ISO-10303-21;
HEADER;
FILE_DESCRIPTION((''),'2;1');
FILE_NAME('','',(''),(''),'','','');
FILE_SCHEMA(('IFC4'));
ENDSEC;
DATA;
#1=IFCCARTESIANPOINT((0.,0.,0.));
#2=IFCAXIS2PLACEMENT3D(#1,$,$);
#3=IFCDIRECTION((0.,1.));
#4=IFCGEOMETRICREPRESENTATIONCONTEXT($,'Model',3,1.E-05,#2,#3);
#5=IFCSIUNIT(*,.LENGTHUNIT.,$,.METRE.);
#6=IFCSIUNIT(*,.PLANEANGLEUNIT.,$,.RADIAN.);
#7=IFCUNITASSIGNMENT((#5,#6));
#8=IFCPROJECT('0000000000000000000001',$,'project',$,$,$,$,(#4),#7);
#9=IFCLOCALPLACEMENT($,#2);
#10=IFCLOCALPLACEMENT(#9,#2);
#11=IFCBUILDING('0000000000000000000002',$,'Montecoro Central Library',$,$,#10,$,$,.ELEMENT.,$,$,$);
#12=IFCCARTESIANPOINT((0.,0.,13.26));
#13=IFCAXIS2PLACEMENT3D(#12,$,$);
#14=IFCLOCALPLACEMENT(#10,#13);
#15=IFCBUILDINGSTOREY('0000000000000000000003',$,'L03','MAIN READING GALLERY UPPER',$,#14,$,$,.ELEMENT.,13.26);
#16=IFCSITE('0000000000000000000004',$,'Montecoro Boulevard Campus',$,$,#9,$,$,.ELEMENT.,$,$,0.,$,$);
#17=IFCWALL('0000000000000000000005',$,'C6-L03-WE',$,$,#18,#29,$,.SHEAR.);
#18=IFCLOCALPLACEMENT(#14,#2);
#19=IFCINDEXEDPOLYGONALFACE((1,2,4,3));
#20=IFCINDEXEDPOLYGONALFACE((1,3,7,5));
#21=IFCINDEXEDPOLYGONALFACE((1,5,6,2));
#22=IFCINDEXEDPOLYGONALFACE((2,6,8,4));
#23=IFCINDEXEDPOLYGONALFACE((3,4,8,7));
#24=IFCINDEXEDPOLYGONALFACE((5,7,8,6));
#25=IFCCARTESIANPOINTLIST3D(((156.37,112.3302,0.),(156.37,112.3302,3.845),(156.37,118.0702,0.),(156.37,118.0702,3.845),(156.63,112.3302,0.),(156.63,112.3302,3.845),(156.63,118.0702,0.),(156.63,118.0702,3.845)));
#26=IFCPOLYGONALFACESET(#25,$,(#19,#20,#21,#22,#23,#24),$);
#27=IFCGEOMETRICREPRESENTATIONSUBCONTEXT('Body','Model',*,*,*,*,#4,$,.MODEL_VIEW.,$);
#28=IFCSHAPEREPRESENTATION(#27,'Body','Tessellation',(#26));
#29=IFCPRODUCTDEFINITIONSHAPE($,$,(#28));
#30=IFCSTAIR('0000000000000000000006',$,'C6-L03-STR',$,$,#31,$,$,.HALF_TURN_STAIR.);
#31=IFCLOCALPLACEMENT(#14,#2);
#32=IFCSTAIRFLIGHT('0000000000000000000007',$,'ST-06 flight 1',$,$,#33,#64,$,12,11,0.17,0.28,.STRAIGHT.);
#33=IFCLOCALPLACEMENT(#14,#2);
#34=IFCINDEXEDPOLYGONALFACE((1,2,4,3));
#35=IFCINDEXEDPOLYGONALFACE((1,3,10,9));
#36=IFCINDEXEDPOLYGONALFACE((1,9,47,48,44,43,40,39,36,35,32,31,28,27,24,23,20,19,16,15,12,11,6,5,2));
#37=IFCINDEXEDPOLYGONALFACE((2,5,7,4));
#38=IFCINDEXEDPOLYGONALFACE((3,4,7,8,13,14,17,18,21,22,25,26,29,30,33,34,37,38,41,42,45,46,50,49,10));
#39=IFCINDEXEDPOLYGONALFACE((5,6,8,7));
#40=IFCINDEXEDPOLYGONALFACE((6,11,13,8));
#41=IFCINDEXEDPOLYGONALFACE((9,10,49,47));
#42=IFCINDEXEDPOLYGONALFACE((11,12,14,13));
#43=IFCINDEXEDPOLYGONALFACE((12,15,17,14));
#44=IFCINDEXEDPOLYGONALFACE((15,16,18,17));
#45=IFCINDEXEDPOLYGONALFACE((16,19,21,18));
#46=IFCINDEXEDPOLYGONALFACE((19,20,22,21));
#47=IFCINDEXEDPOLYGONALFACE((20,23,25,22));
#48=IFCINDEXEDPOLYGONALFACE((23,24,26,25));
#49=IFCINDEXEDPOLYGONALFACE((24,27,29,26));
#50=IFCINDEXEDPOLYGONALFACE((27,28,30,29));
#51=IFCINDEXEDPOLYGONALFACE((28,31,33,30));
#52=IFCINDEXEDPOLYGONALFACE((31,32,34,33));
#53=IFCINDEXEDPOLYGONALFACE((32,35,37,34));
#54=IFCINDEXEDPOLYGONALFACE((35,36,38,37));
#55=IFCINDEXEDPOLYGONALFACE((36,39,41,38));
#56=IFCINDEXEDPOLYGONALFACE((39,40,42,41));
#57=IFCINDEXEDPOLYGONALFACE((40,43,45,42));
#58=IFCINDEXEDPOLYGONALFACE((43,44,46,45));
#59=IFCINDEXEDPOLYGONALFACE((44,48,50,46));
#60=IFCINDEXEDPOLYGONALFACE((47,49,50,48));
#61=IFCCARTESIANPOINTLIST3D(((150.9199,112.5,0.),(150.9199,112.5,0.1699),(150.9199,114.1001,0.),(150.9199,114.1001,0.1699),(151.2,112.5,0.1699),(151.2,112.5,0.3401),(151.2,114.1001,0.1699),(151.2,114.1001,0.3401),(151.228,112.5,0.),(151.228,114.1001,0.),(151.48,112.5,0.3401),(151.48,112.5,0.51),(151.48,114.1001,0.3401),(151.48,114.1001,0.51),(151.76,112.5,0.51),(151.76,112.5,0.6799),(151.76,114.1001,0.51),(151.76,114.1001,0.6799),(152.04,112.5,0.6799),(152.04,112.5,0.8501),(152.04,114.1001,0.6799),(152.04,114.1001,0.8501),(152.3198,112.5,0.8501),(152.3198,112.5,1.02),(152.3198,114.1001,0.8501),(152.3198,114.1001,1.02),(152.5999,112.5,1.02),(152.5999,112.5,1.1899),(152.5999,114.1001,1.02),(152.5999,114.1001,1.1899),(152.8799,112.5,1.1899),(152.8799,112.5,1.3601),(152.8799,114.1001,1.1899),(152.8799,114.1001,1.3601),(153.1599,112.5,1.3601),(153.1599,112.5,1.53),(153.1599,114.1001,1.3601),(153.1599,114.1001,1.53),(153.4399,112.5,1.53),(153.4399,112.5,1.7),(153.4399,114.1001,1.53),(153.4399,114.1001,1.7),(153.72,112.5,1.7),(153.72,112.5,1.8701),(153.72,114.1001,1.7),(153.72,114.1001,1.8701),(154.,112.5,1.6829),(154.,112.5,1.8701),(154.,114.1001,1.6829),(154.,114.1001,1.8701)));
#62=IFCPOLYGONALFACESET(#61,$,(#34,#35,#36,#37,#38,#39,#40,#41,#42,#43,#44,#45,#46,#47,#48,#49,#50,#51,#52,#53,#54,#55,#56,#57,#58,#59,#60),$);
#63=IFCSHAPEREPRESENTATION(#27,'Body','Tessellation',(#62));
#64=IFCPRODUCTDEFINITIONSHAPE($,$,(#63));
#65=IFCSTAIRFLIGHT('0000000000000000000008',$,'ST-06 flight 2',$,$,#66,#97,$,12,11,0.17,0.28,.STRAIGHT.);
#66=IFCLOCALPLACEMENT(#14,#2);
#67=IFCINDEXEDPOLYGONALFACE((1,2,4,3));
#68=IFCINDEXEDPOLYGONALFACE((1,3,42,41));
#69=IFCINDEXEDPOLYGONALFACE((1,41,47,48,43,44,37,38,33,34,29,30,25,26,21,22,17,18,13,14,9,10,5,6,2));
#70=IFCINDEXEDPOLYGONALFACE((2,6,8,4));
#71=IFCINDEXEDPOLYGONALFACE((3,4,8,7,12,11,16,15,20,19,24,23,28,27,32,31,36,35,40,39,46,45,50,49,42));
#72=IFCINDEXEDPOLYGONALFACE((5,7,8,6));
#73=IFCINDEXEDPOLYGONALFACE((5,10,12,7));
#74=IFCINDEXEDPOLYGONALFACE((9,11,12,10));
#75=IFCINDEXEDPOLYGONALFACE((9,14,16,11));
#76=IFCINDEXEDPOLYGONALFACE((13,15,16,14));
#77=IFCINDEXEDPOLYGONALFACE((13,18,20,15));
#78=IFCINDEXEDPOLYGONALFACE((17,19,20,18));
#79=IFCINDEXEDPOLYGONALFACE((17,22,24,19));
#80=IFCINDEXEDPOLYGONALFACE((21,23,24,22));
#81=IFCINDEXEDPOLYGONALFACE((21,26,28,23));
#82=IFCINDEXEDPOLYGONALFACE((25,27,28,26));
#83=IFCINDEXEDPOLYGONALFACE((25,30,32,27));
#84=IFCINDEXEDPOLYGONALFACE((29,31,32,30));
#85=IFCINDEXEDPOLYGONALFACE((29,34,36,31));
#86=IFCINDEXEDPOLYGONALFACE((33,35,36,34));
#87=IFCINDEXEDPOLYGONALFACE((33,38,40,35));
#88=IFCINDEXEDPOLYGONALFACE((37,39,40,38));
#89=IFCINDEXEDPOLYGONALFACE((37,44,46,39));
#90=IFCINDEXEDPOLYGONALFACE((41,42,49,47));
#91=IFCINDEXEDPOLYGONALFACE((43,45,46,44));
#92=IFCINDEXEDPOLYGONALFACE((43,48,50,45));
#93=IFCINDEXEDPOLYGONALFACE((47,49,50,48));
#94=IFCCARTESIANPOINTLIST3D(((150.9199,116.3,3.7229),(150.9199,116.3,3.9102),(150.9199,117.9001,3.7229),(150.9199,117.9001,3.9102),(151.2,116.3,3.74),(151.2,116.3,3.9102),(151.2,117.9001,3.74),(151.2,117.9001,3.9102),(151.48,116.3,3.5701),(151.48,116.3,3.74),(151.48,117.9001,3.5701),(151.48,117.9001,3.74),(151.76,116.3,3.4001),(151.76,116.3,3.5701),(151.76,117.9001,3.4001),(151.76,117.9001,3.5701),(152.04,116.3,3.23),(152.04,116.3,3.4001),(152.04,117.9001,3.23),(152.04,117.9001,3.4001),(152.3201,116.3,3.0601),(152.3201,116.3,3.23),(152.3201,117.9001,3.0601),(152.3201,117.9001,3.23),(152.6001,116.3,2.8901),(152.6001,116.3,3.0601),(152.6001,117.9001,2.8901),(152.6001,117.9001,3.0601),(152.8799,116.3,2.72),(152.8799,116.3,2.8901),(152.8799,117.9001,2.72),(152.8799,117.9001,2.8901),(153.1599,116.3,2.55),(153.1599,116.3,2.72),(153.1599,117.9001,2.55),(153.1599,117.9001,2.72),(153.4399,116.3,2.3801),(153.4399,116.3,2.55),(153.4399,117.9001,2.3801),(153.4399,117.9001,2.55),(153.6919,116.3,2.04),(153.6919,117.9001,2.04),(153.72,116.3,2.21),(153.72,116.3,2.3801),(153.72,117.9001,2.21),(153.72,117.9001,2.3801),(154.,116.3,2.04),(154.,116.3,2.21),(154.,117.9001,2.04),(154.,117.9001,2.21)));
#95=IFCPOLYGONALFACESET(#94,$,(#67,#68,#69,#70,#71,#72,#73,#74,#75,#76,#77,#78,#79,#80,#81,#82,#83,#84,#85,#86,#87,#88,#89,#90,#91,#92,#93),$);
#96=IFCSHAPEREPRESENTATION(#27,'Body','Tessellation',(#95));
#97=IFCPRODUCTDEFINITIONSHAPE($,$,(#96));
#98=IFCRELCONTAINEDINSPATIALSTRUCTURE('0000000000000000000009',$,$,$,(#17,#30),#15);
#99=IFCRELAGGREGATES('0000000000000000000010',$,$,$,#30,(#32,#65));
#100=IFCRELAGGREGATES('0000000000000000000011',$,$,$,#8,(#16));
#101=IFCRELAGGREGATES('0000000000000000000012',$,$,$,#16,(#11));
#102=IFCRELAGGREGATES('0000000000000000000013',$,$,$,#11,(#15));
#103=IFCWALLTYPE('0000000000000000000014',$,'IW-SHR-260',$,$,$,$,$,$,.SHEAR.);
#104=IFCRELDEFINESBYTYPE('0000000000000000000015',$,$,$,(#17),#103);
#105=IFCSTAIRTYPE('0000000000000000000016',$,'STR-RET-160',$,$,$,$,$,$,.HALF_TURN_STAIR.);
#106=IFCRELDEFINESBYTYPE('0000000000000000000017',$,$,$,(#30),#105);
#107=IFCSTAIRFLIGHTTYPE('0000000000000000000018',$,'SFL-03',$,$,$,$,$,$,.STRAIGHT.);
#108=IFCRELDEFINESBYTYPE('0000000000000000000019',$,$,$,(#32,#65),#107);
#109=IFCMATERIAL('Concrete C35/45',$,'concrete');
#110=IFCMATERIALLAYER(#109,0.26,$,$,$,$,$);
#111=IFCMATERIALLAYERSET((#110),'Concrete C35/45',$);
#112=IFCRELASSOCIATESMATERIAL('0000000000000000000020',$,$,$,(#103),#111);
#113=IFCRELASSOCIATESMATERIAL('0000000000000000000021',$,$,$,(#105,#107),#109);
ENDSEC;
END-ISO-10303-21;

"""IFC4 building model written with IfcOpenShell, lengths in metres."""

from ifc_helpers import new_model, si_unit, direction, frame, frame_2d, origin, place, context, subcontext, project, spatial, polyline, rectangle, outline, extrude, material, layer, layer_set, type_object, element, aggregate, save


model = new_model("IFC4")

# Units and contexts
model_context = context("Model", 3, precision=1e-05, world=origin(), true_north=direction((0.0, 1.0)))
body_context = subcontext(model_context, "Body", "Model", "MODEL_VIEW")
ifc_project = project(units=[si_unit("LENGTHUNIT", "METRE"), si_unit("PLANEANGLEUNIT", "RADIAN")], contexts=[model_context])

# Site, building, storey
site_placement = place(None, origin())
site = spatial("IfcSite", under=ifc_project, at=site_placement, Name="Montecoro Boulevard Campus", CompositionType="ELEMENT", RefElevation=0.0)
building_placement = place(site_placement, origin())
building = spatial("IfcBuilding", under=site, at=building_placement, Name="Montecoro Central Library", CompositionType="ELEMENT")
storey_placement = place(building_placement, frame((0.0, 0.0, 13.26)))
storey = spatial("IfcBuildingStorey", under=building, at=storey_placement, Name="L03", Description="MAIN READING GALLERY UPPER", CompositionType="ELEMENT", Elevation=13.26)

# Shared definitions
ifc_material_1 = material(Name="Concrete C35/45", Category="concrete")

# Shared definitions
ifc_layer_1 = layer(ifc_material_1, 0.26)
ifc_layer_set_1 = layer_set([ifc_layer_1], Name="Concrete C35/45")
wall_type_1 = type_object("IfcWallType", Name="IW-SHR-260", PredefinedType="SHEAR", material=ifc_layer_set_1)

# Wall
for number, where, z_axis, x_axis, name in (
    (1, (156.5, 112.3301, 0.0), (0.0, 0.0, 1.0), (0.0, 1.0, 0.0), "C6-L03-WE"),
):
    element("IfcWall", number, at=place(storey_placement, frame(where, z_axis=z_axis, x_axis=x_axis)), inside=storey, type_object=wall_type_1, Name=name, PredefinedType="SHEAR", context=body_context, shape_type="SweptSolid", body=[
        extrude(rectangle(XDim=5.74, YDim=0.26, at=frame_2d((2.8701, 0.0))), origin(), (0.0, 0.0, 1.0), 3.845),
    ])

# Stair, stair flights
stair_type = type_object("IfcStairType", Name="STR-RET-160", PredefinedType="HALF_TURN_STAIR", material=ifc_material_1)
stair_placement = place(storey_placement, origin())
stair = element("IfcStair", 2, at=stair_placement, inside=storey, type_object=stair_type, Name="C6-L03-STR", PredefinedType="HALF_TURN_STAIR")
stair_flight_type = type_object("IfcStairFlightType", Name="SFL-03", PredefinedType="STRAIGHT", material=ifc_material_1)
stair_flight_1_placement = place(storey_placement, frame((150.9199, 113.3, 0.0), z_axis=(0.0, 0.0, 1.0), x_axis=(1.0, 0.0, 0.0)))
stair_flight_1 = element("IfcStairFlight", 3, at=stair_flight_1_placement, type_object=stair_flight_type, Name="ST-06 flight 1", NumberOfRisers=12, NumberOfTreads=11, PredefinedType="STRAIGHT", RiserHeight=0.17, TreadLength=0.28, context=body_context, shape_type="SweptSolid", body=[
    extrude(outline(polyline([(0.0, 0.0), (0.0, 0.1699), (0.28, 0.1699), (0.28, 0.3401), (0.5601, 0.3401), (0.5601, 0.51), (0.8401, 0.51), (0.8401, 0.6799), (1.1201, 0.6799), (1.1201, 0.8501), (1.3999, 0.8501), (1.3999, 1.02), (1.6799, 1.02), (1.6799, 1.1899), (1.96, 1.1899), (1.96, 1.3601), (2.24, 1.3601), (2.24, 1.53), (2.52, 1.53), (2.52, 1.7), (2.8, 1.7), (2.8, 1.8701), (3.0801, 1.8701), (3.0801, 2.04), (3.0801, 1.6829), (0.3081, 0.0), (0.0, 0.0)])), frame((0.0, 0.8, 0.0), z_axis=(0.0, -1.0, 0.0), x_axis=(1.0, 0.0, 0.0)), (0.0, 0.0, 1.0), 1.6001),
])
stair_flight_2_placement = place(storey_placement, frame((154.0, 117.1001, 2.04), z_axis=(0.0, 0.0, 1.0), x_axis=(-1.0, 0.0, 0.0)))
stair_flight_2 = element("IfcStairFlight", 4, at=stair_flight_2_placement, type_object=stair_flight_type, Name="ST-06 flight 2", NumberOfRisers=12, NumberOfTreads=11, PredefinedType="STRAIGHT", RiserHeight=0.17, TreadLength=0.28, context=body_context, shape_type="SweptSolid", body=[
    extrude(outline(polyline([(0.0, 0.0), (0.0, 0.1699), (0.28, 0.1699), (0.28, 0.3401), (0.5601, 0.3401), (0.5601, 0.51), (0.8401, 0.51), (0.8401, 0.6799), (1.1201, 0.6799), (1.1201, 0.8501), (1.3999, 0.8501), (1.3999, 1.02), (1.6799, 1.02), (1.6799, 1.1899), (1.96, 1.1899), (1.96, 1.3601), (2.24, 1.3601), (2.24, 1.53), (2.52, 1.53), (2.52, 1.7), (2.8, 1.7), (2.8, 1.8701), (3.0801, 1.8701), (3.0801, 2.04), (3.0801, 1.6829), (0.3081, 0.0), (0.0, 0.0)])), frame((0.0, 0.8, 0.0), z_axis=(0.0, -1.0, 0.0), x_axis=(1.0, 0.0, 0.0)), (0.0, 0.0, 1.0), 1.6001),
])
aggregate(stair, [stair_flight_1, stair_flight_2])

save(model, "model.ifc")
